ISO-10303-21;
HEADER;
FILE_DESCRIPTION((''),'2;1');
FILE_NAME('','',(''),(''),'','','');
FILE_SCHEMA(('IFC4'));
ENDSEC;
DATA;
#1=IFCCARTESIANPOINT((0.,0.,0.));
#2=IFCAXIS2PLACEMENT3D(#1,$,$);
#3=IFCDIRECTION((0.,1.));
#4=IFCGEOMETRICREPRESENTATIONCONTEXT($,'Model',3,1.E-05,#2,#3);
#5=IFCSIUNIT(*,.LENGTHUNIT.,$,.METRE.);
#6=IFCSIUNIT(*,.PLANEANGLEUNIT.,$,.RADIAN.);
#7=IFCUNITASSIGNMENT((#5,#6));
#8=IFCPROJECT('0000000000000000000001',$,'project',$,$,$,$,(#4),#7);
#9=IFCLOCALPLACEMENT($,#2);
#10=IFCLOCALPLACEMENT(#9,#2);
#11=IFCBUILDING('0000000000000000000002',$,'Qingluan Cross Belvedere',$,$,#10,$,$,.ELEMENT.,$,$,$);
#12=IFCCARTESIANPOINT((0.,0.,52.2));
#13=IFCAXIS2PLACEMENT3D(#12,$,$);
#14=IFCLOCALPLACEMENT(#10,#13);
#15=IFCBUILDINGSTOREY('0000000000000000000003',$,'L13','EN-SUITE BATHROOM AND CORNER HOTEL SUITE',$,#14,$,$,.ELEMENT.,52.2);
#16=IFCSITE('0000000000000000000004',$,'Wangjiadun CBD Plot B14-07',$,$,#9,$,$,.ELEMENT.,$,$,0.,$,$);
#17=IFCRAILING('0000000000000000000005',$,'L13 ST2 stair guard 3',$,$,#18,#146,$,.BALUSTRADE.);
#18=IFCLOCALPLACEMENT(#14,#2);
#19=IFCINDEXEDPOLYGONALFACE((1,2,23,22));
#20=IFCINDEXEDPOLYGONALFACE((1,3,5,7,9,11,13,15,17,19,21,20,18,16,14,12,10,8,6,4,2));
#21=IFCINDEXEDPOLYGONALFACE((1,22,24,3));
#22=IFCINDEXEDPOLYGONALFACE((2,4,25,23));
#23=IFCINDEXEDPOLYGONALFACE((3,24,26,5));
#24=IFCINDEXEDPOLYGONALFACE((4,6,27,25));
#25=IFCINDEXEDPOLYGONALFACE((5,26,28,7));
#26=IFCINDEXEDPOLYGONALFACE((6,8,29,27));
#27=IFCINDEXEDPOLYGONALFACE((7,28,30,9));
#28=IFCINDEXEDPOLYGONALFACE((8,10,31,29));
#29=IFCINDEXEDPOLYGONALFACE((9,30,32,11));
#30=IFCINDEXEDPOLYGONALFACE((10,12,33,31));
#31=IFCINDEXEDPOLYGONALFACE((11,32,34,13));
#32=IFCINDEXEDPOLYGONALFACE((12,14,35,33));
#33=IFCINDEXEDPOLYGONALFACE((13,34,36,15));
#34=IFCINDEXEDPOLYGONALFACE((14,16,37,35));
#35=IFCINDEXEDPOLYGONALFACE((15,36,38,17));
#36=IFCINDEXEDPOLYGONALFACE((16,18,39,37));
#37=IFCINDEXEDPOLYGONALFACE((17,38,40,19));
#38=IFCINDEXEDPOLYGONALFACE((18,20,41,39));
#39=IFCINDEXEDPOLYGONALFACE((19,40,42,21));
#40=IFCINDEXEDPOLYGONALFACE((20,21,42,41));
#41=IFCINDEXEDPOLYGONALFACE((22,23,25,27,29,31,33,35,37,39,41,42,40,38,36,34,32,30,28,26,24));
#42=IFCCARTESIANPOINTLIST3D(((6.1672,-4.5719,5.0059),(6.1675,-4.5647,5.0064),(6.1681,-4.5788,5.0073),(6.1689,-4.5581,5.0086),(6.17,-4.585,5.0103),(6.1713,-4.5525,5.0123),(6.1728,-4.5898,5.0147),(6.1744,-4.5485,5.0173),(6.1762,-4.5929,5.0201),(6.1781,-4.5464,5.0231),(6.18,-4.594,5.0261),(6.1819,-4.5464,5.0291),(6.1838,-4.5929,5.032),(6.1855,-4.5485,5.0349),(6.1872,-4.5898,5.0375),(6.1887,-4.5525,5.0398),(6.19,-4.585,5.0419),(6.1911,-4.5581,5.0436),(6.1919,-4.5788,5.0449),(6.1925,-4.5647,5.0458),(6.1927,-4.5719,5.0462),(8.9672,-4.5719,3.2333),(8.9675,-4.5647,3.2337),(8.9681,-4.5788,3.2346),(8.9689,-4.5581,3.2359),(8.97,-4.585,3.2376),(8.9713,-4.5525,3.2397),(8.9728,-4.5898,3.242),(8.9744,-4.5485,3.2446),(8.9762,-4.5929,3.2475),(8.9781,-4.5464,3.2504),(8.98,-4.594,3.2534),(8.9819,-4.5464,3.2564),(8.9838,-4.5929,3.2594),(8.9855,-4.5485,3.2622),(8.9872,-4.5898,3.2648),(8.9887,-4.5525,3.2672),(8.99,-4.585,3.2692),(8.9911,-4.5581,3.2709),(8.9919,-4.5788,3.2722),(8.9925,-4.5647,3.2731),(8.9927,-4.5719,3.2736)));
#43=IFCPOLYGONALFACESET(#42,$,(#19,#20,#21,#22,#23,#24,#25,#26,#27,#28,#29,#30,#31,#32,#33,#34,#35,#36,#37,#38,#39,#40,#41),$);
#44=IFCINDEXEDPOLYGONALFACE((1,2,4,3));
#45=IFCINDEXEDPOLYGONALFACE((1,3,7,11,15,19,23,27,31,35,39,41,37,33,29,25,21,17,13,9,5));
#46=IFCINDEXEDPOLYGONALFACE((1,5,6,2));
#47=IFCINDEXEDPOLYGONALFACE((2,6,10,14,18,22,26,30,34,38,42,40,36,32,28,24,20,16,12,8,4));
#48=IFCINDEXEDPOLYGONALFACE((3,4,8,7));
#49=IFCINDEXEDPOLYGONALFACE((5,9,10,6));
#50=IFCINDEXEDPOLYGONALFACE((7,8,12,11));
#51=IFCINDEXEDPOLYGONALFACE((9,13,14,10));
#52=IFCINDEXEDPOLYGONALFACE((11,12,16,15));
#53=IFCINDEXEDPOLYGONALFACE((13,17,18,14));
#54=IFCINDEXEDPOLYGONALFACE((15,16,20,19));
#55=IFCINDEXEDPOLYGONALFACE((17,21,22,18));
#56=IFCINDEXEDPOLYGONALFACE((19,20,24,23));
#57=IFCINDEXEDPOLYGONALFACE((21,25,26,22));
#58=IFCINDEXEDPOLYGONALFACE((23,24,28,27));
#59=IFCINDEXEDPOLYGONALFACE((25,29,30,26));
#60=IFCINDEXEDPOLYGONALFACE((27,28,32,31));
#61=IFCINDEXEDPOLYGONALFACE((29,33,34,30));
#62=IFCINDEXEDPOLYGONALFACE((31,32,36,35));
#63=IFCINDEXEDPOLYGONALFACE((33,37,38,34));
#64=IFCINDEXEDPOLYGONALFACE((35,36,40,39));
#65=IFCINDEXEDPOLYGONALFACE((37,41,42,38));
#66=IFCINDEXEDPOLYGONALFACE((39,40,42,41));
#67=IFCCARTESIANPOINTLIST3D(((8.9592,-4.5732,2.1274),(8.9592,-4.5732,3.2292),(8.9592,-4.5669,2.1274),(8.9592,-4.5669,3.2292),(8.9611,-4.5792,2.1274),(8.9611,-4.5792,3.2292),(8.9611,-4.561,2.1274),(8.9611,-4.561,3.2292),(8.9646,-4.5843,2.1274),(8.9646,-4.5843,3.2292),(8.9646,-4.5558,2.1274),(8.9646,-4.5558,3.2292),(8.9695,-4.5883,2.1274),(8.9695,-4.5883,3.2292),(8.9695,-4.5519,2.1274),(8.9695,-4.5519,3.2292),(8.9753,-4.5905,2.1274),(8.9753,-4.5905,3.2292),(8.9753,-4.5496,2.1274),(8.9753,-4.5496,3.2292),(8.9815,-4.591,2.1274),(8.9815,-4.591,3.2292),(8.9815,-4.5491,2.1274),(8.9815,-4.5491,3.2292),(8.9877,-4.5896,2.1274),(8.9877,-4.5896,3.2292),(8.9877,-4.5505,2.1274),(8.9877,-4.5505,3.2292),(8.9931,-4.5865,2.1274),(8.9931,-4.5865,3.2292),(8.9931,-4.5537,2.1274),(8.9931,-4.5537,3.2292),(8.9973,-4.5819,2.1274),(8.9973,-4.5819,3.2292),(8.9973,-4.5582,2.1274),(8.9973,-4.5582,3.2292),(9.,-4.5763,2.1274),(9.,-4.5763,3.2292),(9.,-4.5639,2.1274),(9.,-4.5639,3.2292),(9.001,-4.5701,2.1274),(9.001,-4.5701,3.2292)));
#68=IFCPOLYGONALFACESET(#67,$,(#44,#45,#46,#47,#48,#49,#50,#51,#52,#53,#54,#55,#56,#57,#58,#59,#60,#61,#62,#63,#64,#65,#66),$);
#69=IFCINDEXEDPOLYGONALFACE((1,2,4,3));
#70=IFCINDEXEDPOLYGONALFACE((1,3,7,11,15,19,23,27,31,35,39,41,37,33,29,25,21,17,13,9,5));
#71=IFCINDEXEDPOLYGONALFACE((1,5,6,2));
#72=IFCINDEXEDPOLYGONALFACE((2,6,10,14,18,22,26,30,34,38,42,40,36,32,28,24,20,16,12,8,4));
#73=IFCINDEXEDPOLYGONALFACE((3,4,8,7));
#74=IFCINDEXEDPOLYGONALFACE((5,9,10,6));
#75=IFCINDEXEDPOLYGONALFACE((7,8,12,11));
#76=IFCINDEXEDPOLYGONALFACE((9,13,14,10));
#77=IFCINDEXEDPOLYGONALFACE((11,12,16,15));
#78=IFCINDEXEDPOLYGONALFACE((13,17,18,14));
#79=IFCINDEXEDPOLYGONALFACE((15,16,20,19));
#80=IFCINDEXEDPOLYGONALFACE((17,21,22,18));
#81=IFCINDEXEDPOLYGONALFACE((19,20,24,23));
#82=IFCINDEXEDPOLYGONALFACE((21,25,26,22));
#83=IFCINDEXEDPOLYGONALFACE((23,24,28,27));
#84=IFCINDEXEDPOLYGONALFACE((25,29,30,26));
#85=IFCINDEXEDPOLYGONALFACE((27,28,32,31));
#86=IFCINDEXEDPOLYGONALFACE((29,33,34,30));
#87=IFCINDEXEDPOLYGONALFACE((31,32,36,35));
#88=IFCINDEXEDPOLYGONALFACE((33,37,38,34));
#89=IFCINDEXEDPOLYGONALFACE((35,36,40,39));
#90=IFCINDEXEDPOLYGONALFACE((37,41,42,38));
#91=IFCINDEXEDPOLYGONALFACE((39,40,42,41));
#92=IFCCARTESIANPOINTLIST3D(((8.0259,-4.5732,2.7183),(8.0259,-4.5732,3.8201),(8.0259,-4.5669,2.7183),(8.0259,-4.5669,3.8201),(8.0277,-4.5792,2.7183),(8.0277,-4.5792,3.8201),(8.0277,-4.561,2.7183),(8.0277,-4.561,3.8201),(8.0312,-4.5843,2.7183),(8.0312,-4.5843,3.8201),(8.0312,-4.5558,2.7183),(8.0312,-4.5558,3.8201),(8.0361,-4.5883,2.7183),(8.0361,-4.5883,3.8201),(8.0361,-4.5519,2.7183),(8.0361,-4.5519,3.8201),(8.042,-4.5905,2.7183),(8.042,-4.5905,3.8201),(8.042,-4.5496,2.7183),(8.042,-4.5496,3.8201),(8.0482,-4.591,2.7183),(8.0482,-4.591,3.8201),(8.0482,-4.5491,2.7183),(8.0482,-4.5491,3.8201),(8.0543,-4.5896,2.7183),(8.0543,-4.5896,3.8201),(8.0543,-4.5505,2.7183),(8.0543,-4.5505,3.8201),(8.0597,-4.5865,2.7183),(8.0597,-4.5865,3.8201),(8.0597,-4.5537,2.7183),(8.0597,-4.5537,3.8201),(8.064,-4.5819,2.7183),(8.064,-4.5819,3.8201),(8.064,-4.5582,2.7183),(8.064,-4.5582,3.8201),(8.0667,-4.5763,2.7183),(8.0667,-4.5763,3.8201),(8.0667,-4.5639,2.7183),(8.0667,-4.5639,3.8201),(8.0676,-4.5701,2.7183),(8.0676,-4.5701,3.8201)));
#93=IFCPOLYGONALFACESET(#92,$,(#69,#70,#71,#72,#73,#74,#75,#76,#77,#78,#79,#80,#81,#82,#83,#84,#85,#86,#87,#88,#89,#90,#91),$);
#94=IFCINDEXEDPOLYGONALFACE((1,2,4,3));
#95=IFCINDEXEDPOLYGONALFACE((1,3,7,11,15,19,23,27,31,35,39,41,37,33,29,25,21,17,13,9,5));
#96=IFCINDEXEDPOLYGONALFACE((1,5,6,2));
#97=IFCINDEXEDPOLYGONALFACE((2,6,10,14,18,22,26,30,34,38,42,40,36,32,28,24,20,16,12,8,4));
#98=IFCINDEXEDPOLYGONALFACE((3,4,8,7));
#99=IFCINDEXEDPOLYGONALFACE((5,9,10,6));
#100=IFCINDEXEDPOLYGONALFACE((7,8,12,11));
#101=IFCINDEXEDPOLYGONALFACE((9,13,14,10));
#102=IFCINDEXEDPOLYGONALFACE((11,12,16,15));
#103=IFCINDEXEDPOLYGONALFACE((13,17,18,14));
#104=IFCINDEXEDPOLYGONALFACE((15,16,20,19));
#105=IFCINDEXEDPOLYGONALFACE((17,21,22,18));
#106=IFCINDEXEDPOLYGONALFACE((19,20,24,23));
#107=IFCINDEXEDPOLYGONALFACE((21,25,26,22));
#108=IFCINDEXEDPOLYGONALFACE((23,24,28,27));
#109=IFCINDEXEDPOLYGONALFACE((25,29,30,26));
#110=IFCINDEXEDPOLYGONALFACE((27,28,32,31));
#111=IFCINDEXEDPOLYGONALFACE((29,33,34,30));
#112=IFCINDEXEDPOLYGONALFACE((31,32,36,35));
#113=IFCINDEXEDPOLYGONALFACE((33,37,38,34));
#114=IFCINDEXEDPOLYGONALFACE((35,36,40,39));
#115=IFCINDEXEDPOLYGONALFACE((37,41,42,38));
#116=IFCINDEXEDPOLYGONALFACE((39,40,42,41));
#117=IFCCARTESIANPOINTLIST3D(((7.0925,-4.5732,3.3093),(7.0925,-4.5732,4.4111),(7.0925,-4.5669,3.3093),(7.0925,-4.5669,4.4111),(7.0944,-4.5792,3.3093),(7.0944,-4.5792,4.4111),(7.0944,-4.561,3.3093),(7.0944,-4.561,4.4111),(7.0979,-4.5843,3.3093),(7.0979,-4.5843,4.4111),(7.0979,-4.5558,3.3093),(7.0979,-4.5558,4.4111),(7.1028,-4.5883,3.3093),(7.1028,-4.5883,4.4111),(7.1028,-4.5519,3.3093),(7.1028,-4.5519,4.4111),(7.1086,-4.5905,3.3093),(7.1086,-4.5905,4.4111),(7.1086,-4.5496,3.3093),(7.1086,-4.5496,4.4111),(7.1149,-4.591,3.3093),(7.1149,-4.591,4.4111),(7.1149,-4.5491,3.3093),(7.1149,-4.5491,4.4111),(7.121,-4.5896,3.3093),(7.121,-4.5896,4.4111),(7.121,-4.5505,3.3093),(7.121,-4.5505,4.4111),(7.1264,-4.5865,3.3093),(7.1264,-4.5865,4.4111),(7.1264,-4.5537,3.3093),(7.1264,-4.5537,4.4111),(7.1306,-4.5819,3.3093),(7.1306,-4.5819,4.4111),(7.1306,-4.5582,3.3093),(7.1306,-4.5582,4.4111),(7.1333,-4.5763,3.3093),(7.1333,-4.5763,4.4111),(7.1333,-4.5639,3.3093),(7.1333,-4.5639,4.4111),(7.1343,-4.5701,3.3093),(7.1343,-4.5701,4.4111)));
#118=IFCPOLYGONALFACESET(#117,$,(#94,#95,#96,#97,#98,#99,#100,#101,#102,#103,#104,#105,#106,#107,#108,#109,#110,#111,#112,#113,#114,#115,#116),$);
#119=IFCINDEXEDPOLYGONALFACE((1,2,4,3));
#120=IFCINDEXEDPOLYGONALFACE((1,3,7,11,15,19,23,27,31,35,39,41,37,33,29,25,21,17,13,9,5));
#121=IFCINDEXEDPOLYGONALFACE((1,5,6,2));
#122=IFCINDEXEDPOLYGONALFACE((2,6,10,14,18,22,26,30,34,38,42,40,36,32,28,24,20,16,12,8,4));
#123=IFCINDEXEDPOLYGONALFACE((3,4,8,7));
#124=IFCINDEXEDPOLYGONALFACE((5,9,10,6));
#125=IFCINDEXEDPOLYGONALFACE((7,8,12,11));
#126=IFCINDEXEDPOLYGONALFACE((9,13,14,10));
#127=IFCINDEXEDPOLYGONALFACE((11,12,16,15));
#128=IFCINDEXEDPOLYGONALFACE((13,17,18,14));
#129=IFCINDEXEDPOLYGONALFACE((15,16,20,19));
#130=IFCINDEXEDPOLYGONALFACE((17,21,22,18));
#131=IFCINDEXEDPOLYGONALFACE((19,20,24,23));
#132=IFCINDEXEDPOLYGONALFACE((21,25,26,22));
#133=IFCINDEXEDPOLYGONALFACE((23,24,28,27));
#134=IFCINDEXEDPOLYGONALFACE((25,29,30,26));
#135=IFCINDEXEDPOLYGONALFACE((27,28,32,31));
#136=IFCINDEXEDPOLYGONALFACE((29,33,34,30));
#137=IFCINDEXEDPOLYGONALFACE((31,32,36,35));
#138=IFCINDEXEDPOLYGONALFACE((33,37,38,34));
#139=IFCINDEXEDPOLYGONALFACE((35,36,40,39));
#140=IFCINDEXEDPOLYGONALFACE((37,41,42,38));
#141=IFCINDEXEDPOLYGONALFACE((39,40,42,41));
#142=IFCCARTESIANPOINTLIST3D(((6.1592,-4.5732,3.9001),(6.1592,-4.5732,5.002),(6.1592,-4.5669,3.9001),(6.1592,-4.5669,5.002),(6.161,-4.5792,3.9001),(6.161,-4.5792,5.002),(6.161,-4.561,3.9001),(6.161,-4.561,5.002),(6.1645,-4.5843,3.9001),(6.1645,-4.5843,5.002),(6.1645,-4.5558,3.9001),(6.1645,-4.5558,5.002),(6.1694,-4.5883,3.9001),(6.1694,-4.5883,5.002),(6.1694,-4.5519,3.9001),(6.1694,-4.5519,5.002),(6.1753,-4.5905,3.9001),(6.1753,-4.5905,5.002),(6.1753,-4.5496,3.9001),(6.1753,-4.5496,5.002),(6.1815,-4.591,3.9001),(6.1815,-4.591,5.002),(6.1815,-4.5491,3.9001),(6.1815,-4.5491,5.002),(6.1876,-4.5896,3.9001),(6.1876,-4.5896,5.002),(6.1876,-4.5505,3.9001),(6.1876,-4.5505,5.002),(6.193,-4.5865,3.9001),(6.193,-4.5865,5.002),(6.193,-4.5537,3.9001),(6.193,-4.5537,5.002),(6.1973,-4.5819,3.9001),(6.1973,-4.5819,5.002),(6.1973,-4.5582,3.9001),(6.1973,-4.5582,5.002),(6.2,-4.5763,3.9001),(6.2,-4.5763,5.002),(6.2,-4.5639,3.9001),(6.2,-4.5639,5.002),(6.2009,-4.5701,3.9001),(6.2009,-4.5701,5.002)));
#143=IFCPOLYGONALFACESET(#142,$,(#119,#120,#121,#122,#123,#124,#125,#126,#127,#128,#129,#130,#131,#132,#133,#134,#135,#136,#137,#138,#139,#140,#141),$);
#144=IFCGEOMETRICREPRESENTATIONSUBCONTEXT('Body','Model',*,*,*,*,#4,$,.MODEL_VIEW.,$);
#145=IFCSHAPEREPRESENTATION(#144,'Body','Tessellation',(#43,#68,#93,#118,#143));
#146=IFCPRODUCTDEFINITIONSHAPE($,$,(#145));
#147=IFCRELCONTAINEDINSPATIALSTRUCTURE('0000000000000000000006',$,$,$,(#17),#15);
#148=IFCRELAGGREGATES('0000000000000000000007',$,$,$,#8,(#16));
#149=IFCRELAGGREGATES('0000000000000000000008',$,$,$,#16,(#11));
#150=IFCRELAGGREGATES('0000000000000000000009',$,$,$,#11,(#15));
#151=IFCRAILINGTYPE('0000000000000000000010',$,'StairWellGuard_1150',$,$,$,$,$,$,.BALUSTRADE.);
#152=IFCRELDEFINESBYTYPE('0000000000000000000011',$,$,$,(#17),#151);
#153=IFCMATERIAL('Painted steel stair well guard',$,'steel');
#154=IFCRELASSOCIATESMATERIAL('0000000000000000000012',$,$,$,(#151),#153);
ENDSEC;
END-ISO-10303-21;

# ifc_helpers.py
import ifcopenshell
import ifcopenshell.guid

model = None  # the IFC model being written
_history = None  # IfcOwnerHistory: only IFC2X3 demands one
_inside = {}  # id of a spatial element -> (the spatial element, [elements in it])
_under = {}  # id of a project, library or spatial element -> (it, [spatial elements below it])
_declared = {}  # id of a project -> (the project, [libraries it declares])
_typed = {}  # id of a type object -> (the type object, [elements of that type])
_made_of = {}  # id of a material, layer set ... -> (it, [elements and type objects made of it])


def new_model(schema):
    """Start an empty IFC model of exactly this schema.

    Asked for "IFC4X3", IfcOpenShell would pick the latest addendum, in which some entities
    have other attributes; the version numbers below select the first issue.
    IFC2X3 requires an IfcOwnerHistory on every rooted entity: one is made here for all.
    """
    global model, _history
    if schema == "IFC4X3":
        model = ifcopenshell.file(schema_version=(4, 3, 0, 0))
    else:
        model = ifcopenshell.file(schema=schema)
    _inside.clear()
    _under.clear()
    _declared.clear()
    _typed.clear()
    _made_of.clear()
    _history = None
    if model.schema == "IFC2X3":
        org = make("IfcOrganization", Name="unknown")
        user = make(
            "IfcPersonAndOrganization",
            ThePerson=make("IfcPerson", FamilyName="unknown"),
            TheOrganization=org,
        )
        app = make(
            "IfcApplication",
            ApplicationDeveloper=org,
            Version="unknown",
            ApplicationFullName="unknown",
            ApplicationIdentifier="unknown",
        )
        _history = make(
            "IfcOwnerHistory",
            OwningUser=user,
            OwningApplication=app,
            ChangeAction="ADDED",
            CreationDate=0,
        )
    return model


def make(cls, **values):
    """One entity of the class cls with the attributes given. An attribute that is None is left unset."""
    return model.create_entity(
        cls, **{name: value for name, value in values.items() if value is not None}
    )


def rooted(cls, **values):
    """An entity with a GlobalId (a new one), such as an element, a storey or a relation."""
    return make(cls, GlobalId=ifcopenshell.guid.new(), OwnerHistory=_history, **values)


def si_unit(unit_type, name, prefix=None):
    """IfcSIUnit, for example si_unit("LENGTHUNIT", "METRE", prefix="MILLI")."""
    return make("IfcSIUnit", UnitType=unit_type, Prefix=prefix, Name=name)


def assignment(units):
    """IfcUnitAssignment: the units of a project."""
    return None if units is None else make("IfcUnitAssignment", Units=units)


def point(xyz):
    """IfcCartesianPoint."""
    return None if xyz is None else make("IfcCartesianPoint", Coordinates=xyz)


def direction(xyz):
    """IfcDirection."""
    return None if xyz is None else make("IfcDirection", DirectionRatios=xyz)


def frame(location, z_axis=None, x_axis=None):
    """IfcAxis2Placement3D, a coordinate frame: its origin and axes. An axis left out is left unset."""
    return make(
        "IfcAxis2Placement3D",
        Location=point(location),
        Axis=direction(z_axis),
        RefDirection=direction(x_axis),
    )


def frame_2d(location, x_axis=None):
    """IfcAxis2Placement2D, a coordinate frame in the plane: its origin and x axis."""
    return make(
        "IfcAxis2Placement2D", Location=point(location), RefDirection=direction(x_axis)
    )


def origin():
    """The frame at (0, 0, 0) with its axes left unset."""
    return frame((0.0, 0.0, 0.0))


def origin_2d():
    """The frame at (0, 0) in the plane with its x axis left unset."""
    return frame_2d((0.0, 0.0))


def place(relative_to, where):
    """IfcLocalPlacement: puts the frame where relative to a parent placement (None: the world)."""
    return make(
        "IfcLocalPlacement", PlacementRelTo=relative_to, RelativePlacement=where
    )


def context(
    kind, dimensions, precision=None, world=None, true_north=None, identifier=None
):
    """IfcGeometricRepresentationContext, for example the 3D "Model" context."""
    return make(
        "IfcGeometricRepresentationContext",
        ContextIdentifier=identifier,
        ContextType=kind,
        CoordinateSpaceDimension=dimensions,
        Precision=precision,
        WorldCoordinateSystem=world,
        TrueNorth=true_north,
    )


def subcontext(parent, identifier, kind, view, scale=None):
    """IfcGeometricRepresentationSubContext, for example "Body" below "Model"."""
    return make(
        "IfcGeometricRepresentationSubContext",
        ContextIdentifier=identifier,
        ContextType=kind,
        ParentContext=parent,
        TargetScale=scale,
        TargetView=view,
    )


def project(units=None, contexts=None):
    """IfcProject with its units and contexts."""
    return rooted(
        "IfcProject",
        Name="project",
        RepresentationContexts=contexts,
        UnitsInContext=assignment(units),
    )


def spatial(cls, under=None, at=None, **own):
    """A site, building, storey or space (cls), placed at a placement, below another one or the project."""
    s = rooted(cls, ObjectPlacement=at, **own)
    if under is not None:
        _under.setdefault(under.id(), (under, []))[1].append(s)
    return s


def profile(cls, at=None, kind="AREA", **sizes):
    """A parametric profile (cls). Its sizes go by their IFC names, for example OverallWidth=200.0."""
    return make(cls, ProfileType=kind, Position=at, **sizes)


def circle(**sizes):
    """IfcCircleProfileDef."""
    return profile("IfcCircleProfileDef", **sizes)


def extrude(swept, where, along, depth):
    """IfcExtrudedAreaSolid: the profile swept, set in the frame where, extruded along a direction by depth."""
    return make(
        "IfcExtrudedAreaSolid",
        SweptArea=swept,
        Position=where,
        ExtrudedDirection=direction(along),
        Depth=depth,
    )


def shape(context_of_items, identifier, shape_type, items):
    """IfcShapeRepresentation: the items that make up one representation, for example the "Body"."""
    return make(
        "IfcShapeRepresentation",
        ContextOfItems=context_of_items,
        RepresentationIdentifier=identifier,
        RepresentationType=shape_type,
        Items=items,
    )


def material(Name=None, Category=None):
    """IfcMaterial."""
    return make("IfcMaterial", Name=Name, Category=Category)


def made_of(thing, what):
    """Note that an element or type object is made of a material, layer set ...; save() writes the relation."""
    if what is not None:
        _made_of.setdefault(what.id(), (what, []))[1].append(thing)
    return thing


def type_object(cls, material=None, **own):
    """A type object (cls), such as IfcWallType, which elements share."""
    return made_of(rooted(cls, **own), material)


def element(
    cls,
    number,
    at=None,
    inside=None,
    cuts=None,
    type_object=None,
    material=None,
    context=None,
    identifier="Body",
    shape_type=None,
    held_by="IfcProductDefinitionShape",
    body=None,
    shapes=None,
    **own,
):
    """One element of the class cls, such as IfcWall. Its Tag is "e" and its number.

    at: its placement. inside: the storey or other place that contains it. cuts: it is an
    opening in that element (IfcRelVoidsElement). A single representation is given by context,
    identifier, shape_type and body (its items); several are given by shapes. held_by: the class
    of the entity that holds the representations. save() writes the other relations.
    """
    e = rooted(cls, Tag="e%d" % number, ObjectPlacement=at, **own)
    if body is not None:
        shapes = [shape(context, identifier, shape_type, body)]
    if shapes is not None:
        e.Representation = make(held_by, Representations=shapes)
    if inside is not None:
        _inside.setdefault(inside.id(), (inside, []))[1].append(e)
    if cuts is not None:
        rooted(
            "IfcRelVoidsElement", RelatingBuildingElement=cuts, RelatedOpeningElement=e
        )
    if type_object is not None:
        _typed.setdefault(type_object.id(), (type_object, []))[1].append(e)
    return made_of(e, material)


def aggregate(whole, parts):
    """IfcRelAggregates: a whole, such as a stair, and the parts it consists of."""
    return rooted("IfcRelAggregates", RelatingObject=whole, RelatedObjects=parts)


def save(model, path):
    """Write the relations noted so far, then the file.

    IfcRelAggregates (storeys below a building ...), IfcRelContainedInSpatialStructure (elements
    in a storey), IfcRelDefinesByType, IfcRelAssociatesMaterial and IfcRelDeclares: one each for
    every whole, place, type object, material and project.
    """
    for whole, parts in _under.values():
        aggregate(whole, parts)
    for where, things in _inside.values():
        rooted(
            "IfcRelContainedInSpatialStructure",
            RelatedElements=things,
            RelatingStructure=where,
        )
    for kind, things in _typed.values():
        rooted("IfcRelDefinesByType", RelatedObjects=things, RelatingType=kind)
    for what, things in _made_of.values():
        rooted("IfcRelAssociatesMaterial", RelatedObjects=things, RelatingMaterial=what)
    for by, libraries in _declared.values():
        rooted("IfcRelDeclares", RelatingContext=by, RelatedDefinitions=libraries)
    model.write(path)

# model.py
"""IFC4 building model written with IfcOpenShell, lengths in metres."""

from ifc_helpers import new_model, si_unit, direction, frame, origin, origin_2d, place, context, subcontext, project, spatial, circle, extrude, material, type_object, element, save


model = new_model("IFC4")

# Units and contexts
model_context = context("Model", 3, precision=1e-05, world=origin(), true_north=direction((0.0, 1.0)))
body_context = subcontext(model_context, "Body", "Model", "MODEL_VIEW")
ifc_project = project(units=[si_unit("LENGTHUNIT", "METRE"), si_unit("PLANEANGLEUNIT", "RADIAN")], contexts=[model_context])

# Site, building, storey
site_placement = place(None, origin())
site = spatial("IfcSite", under=ifc_project, at=site_placement, Name="Wangjiadun CBD Plot B14-07", CompositionType="ELEMENT", RefElevation=0.0)
building_placement = place(site_placement, origin())
building = spatial("IfcBuilding", under=site, at=building_placement, Name="Qingluan Cross Belvedere", CompositionType="ELEMENT")
storey_placement = place(building_placement, frame((0.0, 0.0, 52.2)))
storey = spatial("IfcBuildingStorey", under=building, at=storey_placement, Name="L13", Description="EN-SUITE BATHROOM AND CORNER HOTEL SUITE", CompositionType="ELEMENT", Elevation=52.2)

# Railing
ifc_material_1 = material(Name="Painted steel stair well guard", Category="steel")
railing_type_1 = type_object("IfcRailingType", Name="StairWellGuard_1150", PredefinedType="BALUSTRADE", material=ifc_material_1)
railing_1_placement = place(storey_placement, frame((8.98, -4.5701, 2.1274)))
element("IfcRailing", 1, at=railing_1_placement, inside=storey, type_object=railing_type_1, Name="L13 ST2 stair guard 3", PredefinedType="BALUSTRADE", context=body_context, shape_type="SweptSolid", body=[
    extrude(circle(Radius=0.0239, at=origin_2d()), frame((0.0, 0.0, 1.126), z_axis=(-0.844909, 0.0, 0.53491), x_axis=(0.0, -1.0, 0.0)), (0.0, 0.0, 1.0), 3.314),
    extrude(circle(Radius=0.021, at=origin_2d()), origin(), (0.0, 0.0, 1.0), 1.1018),
    extrude(circle(Radius=0.021, at=origin_2d()), frame((-0.9333, 0.0, 0.5908)), (0.0, 0.0, 1.0), 1.1018),
    extrude(circle(Radius=0.021, at=origin_2d()), frame((-1.8667, 0.0, 1.1819)), (0.0, 0.0, 1.0), 1.1018),
    extrude(circle(Radius=0.021, at=origin_2d()), frame((-2.8, 0.0, 1.7727)), (0.0, 0.0, 1.0), 1.1018),
])

save(model, "model.ifc")
